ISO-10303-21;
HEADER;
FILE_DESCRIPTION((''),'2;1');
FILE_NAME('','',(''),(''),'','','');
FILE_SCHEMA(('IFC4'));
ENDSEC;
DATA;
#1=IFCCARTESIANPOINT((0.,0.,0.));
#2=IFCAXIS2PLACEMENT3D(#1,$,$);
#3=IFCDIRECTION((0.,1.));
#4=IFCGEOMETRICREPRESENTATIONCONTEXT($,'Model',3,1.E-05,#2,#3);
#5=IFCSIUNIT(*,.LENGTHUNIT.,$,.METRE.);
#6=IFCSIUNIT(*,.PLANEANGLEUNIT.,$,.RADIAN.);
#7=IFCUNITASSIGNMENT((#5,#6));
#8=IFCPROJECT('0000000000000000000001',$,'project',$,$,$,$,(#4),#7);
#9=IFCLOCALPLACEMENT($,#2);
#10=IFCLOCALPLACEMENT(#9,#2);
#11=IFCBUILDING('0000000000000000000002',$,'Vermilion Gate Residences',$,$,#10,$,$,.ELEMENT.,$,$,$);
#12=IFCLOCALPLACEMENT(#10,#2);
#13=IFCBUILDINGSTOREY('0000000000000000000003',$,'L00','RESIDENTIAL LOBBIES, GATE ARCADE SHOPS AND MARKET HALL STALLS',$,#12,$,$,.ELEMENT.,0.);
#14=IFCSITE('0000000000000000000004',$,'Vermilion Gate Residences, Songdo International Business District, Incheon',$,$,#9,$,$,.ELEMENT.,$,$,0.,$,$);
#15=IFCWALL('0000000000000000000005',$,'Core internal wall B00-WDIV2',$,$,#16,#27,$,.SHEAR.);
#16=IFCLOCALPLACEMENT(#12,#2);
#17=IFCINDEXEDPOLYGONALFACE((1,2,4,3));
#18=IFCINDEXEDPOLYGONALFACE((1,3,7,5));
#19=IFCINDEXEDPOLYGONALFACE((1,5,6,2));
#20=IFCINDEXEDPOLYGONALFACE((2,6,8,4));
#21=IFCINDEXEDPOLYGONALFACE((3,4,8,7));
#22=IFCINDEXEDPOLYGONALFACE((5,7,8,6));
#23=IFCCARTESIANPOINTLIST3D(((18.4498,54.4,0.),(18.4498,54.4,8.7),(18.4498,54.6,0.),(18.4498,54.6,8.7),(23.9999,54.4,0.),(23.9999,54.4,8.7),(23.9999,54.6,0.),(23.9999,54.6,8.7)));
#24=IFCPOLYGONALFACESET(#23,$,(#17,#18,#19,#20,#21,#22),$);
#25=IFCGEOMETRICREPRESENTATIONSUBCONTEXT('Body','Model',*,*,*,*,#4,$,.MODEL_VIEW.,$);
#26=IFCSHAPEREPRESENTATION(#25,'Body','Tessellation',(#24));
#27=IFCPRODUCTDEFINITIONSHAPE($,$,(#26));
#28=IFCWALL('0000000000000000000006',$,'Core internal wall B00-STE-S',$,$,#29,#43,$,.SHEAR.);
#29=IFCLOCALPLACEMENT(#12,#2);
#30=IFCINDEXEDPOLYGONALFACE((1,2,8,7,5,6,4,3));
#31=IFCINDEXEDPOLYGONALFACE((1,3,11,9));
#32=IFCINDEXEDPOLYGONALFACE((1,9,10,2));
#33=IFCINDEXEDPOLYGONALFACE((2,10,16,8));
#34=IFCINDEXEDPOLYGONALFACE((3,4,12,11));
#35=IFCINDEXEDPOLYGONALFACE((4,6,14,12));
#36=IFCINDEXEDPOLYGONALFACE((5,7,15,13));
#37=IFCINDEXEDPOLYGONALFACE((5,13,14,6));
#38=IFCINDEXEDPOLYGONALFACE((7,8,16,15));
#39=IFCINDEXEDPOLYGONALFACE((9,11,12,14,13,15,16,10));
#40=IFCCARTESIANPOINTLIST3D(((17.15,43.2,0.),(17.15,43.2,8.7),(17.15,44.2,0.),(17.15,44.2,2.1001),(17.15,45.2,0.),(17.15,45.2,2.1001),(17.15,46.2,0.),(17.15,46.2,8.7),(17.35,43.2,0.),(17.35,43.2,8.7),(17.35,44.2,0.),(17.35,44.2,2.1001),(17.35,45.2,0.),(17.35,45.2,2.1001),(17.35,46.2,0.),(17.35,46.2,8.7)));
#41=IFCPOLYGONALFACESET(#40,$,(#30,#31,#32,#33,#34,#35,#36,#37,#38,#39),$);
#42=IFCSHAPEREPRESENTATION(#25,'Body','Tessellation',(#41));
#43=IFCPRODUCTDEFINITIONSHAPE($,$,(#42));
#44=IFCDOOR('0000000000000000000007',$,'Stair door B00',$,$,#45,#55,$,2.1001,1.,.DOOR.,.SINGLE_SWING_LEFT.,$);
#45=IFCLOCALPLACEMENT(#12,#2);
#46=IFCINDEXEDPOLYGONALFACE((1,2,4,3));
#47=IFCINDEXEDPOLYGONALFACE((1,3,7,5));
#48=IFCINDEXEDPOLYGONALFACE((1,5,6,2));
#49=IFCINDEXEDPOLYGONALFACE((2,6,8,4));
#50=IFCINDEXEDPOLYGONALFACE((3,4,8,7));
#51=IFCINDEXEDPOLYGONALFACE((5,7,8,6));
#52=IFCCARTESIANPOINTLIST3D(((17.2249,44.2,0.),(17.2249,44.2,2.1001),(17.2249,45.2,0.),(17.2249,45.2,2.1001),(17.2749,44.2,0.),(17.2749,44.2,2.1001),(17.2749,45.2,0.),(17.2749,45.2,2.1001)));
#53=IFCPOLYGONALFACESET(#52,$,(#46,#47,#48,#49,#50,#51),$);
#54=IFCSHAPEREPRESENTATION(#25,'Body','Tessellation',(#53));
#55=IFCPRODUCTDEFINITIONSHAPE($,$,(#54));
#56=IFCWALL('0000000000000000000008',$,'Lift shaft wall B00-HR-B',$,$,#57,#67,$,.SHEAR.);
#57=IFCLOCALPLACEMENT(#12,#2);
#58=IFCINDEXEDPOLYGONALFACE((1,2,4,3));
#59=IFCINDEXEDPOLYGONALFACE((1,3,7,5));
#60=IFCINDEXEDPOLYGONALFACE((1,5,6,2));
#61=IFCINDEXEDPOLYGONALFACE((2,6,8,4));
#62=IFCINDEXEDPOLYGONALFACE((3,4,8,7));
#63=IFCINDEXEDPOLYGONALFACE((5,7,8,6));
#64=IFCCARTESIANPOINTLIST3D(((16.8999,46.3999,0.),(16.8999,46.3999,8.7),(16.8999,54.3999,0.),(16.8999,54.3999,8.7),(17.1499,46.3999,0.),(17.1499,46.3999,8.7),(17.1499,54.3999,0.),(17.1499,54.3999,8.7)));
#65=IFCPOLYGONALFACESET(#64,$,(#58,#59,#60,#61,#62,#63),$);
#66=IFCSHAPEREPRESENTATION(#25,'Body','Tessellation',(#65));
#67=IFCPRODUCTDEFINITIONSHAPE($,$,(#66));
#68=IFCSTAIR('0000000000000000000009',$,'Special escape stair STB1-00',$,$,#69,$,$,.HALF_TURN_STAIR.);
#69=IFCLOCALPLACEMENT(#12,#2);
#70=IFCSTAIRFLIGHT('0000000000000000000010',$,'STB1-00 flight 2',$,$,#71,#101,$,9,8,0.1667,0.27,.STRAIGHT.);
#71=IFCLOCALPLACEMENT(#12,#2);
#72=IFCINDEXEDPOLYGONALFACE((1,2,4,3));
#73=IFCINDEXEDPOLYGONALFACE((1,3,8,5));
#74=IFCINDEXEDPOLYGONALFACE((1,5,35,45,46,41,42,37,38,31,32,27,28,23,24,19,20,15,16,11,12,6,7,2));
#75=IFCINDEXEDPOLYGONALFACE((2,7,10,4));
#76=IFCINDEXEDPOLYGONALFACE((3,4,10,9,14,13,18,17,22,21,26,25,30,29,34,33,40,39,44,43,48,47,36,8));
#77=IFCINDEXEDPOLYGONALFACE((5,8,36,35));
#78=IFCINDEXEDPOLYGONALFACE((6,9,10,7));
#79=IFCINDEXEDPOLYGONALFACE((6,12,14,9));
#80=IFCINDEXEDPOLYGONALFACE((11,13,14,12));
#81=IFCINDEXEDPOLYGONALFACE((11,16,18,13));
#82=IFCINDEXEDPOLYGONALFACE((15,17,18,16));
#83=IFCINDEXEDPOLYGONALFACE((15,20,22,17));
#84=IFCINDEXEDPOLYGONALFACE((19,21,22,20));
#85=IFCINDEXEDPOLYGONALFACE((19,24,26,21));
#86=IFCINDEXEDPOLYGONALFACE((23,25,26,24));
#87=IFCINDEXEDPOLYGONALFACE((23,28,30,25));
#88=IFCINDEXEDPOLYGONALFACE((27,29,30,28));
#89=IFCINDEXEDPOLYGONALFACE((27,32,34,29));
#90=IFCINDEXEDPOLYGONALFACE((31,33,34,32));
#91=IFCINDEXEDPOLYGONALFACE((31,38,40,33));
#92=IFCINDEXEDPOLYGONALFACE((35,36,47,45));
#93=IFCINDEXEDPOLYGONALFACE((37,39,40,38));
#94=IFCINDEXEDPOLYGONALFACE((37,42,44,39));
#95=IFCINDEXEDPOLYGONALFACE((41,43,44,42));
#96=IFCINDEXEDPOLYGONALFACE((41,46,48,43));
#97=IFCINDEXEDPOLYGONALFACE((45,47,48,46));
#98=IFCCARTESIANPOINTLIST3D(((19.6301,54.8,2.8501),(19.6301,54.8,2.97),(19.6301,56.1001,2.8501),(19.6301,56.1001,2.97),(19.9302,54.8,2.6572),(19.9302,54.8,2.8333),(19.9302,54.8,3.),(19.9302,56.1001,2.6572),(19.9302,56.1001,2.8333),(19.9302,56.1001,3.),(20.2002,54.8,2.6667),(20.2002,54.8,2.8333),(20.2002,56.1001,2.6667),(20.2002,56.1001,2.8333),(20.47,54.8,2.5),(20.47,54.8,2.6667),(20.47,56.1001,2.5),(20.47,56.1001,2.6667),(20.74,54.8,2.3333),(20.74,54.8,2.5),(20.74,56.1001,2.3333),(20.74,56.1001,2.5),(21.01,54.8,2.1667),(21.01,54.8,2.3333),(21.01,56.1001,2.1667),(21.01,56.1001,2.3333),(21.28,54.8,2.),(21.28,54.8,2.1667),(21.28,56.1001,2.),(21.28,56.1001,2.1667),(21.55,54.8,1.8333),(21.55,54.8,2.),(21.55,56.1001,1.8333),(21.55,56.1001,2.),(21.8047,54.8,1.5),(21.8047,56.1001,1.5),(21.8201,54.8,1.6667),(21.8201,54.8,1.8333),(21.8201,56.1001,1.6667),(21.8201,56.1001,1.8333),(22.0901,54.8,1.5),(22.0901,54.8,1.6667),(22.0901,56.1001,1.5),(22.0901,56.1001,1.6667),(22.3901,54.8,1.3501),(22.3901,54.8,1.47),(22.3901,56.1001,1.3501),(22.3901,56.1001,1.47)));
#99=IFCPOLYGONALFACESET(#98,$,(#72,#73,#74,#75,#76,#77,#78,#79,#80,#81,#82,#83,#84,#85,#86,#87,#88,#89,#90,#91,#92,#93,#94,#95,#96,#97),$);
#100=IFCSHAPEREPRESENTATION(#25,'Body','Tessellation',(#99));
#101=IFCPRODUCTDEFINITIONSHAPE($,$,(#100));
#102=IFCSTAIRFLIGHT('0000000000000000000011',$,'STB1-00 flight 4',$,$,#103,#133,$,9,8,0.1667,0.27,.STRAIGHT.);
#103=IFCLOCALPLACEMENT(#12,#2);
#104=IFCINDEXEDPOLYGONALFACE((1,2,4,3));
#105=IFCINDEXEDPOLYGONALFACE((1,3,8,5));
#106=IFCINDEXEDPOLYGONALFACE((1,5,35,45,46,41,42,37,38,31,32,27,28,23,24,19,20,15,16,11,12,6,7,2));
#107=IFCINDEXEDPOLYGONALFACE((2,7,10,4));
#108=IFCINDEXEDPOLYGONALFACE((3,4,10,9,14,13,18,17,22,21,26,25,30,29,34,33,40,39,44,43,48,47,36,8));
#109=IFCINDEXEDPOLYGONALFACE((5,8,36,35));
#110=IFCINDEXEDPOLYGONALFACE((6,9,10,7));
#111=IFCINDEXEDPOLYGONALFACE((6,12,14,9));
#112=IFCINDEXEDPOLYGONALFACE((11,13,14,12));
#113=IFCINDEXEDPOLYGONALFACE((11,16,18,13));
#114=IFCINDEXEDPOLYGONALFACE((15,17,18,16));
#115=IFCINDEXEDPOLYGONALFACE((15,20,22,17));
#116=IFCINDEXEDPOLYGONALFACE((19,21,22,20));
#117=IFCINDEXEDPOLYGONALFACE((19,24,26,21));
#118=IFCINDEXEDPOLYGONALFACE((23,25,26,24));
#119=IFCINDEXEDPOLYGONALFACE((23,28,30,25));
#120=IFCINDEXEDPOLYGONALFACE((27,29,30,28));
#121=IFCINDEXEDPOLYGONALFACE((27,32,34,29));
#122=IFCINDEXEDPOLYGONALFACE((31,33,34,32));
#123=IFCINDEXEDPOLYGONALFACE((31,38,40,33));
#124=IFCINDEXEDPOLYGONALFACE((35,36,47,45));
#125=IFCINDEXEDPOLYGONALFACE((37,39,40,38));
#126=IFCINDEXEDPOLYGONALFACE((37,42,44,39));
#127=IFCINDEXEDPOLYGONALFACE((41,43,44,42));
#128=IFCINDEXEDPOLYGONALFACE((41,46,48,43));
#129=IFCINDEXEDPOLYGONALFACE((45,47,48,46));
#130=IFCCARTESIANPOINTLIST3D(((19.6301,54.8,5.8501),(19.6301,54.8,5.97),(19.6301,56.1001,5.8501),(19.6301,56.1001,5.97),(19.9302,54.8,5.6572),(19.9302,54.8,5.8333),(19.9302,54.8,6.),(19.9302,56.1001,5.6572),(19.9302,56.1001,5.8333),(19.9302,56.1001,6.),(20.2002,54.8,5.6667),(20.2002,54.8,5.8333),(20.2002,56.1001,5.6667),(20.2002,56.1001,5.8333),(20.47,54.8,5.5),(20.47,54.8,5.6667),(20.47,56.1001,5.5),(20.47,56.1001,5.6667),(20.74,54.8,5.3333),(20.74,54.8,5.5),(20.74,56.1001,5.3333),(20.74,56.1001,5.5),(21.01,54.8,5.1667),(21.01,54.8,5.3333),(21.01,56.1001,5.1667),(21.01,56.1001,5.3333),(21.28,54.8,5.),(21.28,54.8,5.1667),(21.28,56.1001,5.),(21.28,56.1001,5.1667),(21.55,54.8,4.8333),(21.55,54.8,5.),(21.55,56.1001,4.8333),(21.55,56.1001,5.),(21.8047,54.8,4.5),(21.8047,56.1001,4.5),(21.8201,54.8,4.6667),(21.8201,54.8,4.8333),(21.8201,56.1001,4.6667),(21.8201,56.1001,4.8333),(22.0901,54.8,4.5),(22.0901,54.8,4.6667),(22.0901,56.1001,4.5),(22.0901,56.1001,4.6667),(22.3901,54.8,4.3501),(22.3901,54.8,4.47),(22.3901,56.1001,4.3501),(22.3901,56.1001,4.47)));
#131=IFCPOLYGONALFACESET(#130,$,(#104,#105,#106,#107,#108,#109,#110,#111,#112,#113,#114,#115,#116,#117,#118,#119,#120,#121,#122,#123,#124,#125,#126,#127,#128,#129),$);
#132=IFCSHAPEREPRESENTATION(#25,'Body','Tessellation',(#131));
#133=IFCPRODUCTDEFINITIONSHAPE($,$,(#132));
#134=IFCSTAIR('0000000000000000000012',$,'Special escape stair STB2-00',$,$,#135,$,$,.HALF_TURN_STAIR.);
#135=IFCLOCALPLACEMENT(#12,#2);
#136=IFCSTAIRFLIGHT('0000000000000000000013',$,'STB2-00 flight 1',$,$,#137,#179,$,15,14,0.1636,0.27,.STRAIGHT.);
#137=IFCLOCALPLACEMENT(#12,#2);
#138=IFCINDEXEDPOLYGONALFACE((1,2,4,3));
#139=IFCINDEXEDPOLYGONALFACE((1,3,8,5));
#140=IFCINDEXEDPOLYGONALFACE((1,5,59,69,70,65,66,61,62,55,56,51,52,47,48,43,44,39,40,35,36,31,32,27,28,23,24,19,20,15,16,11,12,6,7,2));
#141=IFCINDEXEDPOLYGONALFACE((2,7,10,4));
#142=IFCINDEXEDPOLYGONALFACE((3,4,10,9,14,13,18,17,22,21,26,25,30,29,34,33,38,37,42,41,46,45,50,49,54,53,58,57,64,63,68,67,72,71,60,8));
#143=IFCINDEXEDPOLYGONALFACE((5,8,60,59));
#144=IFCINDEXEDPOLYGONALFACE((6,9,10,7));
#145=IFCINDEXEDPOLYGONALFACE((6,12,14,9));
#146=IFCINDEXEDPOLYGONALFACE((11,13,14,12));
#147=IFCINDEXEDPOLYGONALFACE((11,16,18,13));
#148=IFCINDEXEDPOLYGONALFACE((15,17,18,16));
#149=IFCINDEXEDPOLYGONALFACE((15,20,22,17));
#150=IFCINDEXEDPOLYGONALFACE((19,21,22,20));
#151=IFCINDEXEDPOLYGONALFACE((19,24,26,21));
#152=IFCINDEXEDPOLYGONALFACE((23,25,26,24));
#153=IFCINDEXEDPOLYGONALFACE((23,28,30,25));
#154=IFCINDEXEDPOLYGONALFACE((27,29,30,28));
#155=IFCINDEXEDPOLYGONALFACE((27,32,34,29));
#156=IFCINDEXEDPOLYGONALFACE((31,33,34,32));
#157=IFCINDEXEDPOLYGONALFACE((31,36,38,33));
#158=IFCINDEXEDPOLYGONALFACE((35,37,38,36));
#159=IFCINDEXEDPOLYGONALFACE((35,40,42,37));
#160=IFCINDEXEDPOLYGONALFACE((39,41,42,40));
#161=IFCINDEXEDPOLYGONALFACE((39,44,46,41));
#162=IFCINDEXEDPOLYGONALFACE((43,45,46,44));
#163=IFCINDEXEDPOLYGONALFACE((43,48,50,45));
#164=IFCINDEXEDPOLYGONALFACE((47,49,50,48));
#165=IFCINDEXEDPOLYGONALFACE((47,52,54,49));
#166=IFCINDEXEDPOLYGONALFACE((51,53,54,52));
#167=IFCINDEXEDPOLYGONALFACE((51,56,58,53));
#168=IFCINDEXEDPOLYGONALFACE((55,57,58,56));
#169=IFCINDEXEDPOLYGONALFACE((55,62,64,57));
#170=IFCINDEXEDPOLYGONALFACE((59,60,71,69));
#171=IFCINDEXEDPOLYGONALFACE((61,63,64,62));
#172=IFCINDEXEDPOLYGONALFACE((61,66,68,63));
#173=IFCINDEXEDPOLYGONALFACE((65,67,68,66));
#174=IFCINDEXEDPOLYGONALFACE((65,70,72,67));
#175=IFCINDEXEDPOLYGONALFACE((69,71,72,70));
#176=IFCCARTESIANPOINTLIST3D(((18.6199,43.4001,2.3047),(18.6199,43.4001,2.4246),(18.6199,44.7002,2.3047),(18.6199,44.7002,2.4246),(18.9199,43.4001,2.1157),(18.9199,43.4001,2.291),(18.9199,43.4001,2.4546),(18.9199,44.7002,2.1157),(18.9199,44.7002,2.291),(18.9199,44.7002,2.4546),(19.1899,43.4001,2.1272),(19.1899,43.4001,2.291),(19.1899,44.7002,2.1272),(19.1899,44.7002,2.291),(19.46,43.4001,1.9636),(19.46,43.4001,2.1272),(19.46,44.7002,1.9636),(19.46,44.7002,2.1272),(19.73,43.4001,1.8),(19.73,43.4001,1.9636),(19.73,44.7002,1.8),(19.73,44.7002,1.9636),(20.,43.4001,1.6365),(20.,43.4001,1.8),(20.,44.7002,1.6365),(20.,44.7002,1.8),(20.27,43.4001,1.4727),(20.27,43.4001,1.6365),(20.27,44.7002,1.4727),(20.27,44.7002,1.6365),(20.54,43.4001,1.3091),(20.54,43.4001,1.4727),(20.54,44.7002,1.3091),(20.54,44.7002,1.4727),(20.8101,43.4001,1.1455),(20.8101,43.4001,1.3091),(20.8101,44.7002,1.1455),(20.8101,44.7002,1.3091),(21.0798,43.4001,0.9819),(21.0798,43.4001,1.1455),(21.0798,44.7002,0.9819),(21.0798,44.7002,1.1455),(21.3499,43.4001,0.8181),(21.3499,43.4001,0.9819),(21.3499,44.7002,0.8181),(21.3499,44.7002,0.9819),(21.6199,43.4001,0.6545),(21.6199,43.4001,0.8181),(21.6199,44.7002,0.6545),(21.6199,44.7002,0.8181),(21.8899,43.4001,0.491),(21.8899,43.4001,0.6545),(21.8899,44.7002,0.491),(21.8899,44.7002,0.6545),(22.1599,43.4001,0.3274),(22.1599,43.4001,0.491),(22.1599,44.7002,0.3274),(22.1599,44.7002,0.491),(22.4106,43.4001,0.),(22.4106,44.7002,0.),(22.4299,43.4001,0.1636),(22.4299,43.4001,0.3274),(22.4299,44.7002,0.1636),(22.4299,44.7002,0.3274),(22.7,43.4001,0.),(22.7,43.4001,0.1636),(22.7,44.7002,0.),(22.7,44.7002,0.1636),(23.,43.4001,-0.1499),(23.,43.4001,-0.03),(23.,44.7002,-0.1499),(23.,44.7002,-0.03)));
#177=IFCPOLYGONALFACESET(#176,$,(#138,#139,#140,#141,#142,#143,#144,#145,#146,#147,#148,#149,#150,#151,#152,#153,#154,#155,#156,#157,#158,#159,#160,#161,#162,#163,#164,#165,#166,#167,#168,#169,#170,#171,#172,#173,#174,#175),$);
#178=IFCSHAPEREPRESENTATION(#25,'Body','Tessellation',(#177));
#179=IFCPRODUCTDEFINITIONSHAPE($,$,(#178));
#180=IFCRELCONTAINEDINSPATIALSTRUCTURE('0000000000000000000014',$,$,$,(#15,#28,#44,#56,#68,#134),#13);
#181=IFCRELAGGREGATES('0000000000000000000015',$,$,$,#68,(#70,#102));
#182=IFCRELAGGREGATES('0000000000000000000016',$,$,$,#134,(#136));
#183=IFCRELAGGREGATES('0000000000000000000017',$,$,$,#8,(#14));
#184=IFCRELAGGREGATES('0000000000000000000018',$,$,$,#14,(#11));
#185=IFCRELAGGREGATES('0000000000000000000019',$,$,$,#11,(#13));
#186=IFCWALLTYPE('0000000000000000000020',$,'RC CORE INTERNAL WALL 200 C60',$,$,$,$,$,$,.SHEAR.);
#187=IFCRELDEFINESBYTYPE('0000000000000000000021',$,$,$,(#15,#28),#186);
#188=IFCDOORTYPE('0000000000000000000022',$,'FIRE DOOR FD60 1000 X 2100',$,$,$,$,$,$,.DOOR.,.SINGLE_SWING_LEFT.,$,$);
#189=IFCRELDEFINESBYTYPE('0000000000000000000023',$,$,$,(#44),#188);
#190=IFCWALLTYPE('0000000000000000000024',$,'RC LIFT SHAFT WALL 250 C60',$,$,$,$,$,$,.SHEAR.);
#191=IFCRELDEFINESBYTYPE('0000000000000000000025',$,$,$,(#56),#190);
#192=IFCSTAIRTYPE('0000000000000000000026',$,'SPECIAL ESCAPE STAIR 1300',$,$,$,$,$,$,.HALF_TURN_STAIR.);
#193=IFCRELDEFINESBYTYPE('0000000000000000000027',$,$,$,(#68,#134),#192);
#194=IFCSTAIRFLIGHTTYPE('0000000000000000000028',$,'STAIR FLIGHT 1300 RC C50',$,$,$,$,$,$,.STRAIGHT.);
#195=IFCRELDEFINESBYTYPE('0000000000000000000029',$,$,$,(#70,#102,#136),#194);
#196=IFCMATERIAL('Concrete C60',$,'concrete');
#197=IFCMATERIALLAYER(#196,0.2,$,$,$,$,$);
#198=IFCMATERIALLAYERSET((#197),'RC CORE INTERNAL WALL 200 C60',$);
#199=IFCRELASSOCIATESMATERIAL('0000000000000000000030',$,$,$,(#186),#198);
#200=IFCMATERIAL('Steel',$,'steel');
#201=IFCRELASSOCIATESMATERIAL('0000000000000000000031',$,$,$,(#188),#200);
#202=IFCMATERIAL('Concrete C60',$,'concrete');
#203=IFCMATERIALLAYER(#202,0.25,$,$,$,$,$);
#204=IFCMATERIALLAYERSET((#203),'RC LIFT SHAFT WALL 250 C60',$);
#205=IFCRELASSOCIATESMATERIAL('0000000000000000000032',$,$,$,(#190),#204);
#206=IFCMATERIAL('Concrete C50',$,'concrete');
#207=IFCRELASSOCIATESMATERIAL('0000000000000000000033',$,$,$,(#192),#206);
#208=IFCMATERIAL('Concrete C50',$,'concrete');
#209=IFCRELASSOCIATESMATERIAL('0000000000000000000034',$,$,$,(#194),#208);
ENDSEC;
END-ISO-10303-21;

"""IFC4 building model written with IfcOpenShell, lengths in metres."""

from ifc_helpers import new_model, si_unit, direction, frame, frame_2d, origin, place, context, subcontext, project, spatial, polyline, rectangle, outline, extrude, material, layer, layer_set, type_object, element, fill, aggregate, save


model = new_model("IFC4")

# Units and contexts
model_context = context("Model", 3, precision=1e-05, world=origin(), true_north=direction((0.0, 1.0)))
body_context = subcontext(model_context, "Body", "Model", "MODEL_VIEW")
ifc_project = project(units=[si_unit("LENGTHUNIT", "METRE"), si_unit("PLANEANGLEUNIT", "RADIAN")], contexts=[model_context])

# Site, building, storey
site_placement = place(None, origin())
site = spatial("IfcSite", under=ifc_project, at=site_placement, Name="Vermilion Gate Residences, Songdo International Business District, Incheon", CompositionType="ELEMENT", RefElevation=0.0)
building_placement = place(site_placement, origin())
building = spatial("IfcBuilding", under=site, at=building_placement, Name="Vermilion Gate Residences", CompositionType="ELEMENT")
storey_placement = place(building_placement, origin())
storey = spatial("IfcBuildingStorey", under=building, at=storey_placement, Name="L00", Description="RESIDENTIAL LOBBIES, GATE ARCADE SHOPS AND MARKET HALL STALLS", CompositionType="ELEMENT", Elevation=0.0)

# Shared definitions
ifc_material_1 = material(Name="Concrete C60", Category="concrete")
ifc_layer_1 = layer(ifc_material_1, 0.2)
ifc_layer_set_1 = layer_set([ifc_layer_1], Name="RC CORE INTERNAL WALL 200 C60")
wall_type_1 = type_object("IfcWallType", Name="RC CORE INTERNAL WALL 200 C60", PredefinedType="SHEAR", material=ifc_layer_set_1)

# Wall
wall_1_placement = place(storey_placement, frame((18.45, 54.5, 0.0), z_axis=(0.0, 0.0, 1.0), x_axis=(1.0, 0.0, 0.0)))
element("IfcWall", 1, at=wall_1_placement, inside=storey, type_object=wall_type_1, Name="Core internal wall B00-WDIV2", PredefinedType="SHEAR", context=body_context, shape_type="SweptSolid", body=[
    extrude(rectangle(XDim=5.55, YDim=0.2, at=frame_2d((2.7749, 0.0))), origin(), (0.0, 0.0, 1.0), 8.7),
])

# Wall, opening, door
wall_2_placement = place(storey_placement, frame((17.25, 46.2, 0.0), z_axis=(0.0, 0.0, 1.0), x_axis=(0.0, -1.0, 0.0)))
wall_2 = element("IfcWall", 2, at=wall_2_placement, inside=storey, type_object=wall_type_1, Name="Core internal wall B00-STE-S", PredefinedType="SHEAR", context=body_context, shape_type="SweptSolid", body=[
    extrude(rectangle(XDim=3.0, YDim=0.2, at=frame_2d((1.5, 0.0))), origin(), (0.0, 0.0, 1.0), 8.7),
])
opening_1_placement = place(wall_2_placement, frame((1.0, 0.0, 0.0)))
opening_1 = element("IfcOpeningElement", 3, at=opening_1_placement, cuts=wall_2, PredefinedType="OPENING", context=body_context, shape_type="SweptSolid", body=[
    extrude(rectangle(XDim=1.0, YDim=2.1001, at=frame_2d((0.5, 1.05))), frame((0.0, 0.1099, 0.0), z_axis=(0.0, -1.0, 0.0), x_axis=(1.0, 0.0, 0.0)), (0.0, 0.0, 1.0), 0.22),
])
ifc_material_2 = material(Name="Steel", Category="steel")
door_type_1 = type_object("IfcDoorType", Name="FIRE DOOR FD60 1000 X 2100", OperationType="SINGLE_SWING_LEFT", PredefinedType="DOOR", material=ifc_material_2)
door_1_placement = place(opening_1_placement, origin())
door_1 = element("IfcDoor", 4, at=door_1_placement, inside=storey, type_object=door_type_1, Name="Stair door B00", OperationType="SINGLE_SWING_LEFT", OverallHeight=2.1001, OverallWidth=1.0, PredefinedType="DOOR", context=body_context, shape_type="SweptSolid", body=[
    extrude(rectangle(XDim=1.0, YDim=2.1001, at=frame_2d((0.5, 1.05))), frame((0.0, 0.0249, 0.0), z_axis=(0.0, -1.0, 0.0), x_axis=(1.0, 0.0, 0.0)), (0.0, 0.0, 1.0), 0.05),
])
fill(opening_1, door_1)

# Wall
ifc_material_3 = material(Name="Concrete C60", Category="concrete")
ifc_layer_2 = layer(ifc_material_3, 0.25)
ifc_layer_set_2 = layer_set([ifc_layer_2], Name="RC LIFT SHAFT WALL 250 C60")
wall_type_2 = type_object("IfcWallType", Name="RC LIFT SHAFT WALL 250 C60", PredefinedType="SHEAR", material=ifc_layer_set_2)
wall_3_placement = place(storey_placement, frame((17.0249, 54.3999, 0.0), z_axis=(0.0, 0.0, 1.0), x_axis=(0.0, -1.0, 0.0)))
element("IfcWall", 5, at=wall_3_placement, inside=storey, type_object=wall_type_2, Name="Lift shaft wall B00-HR-B", PredefinedType="SHEAR", context=body_context, shape_type="SweptSolid", body=[
    extrude(rectangle(XDim=8.0, YDim=0.25, at=frame_2d((4.0, 0.0))), origin(), (0.0, 0.0, 1.0), 8.7),
])

# Stairs, stair flights
ifc_material_4 = material(Name="Concrete C50", Category="concrete")
stair_type = type_object("IfcStairType", Name="SPECIAL ESCAPE STAIR 1300", PredefinedType="HALF_TURN_STAIR", material=ifc_material_4)
stair_1_placement = place(storey_placement, origin())
stair_1 = element("IfcStair", 6, at=stair_1_placement, inside=storey, type_object=stair_type, Name="Special escape stair STB1-00", PredefinedType="HALF_TURN_STAIR")
ifc_material_5 = material(Name="Concrete C50", Category="concrete")
stair_flight_type = type_object("IfcStairFlightType", Name="STAIR FLIGHT 1300 RC C50", PredefinedType="STRAIGHT", material=ifc_material_5)
stair_flight_1_placement = place(storey_placement, frame((22.0901, 55.45, 1.5), z_axis=(0.0, 0.0, 1.0), x_axis=(-1.0, 0.0, 0.0)))
stair_flight_1 = element("IfcStairFlight", 7, at=stair_flight_1_placement, type_object=stair_flight_type, Name="STB1-00 flight 2", NumberOfRisers=9, NumberOfTreads=8, PredefinedType="STRAIGHT", RiserHeight=0.1667, TreadLength=0.27, context=body_context, shape_type="SweptSolid", body=[
    extrude(outline(polyline([(-0.3, -0.1499), (-0.3, -0.03), (0.0, 0.0), (0.0, 0.1667), (0.27, 0.1667), (0.27, 0.3333), (0.54, 0.3333), (0.54, 0.5), (0.8101, 0.5), (0.8101, 0.6667), (1.0801, 0.6667), (1.0801, 0.8333), (1.3501, 0.8333), (1.3501, 1.0), (1.6201, 1.0), (1.6201, 1.1667), (1.8899, 1.1667), (1.8899, 1.3333), (2.1599, 1.3333), (2.1599, 1.5), (2.46, 1.47), (2.46, 1.3501), (2.1599, 1.1572), (0.2854, 0.0), (-0.3, -0.1499)])), frame((0.0, 0.6499, 0.0), z_axis=(0.0, -1.0, 0.0), x_axis=(1.0, 0.0, 0.0)), (0.0, 0.0, 1.0), 1.3),
])
stair_flight_2_placement = place(storey_placement, frame((22.0901, 55.45, 4.5), z_axis=(0.0, 0.0, 1.0), x_axis=(-1.0, 0.0, 0.0)))
stair_flight_2 = element("IfcStairFlight", 8, at=stair_flight_2_placement, type_object=stair_flight_type, Name="STB1-00 flight 4", NumberOfRisers=9, NumberOfTreads=8, PredefinedType="STRAIGHT", RiserHeight=0.1667, TreadLength=0.27, context=body_context, shape_type="SweptSolid", body=[
    extrude(outline(polyline([(-0.3, -0.1499), (-0.3, -0.03), (0.0, 0.0), (0.0, 0.1667), (0.27, 0.1667), (0.27, 0.3333), (0.54, 0.3333), (0.54, 0.5), (0.8101, 0.5), (0.8101, 0.6667), (1.0801, 0.6667), (1.0801, 0.8333), (1.3501, 0.8333), (1.3501, 1.0), (1.6201, 1.0), (1.6201, 1.1667), (1.8899, 1.1667), (1.8899, 1.3333), (2.1599, 1.3333), (2.1599, 1.5), (2.46, 1.47), (2.46, 1.3501), (2.1599, 1.1572), (0.2854, 0.0), (-0.3, -0.1499)])), frame((0.0, 0.6499, 0.0), z_axis=(0.0, -1.0, 0.0), x_axis=(1.0, 0.0, 0.0)), (0.0, 0.0, 1.0), 1.3),
])
aggregate(stair_1, [stair_flight_1, stair_flight_2])
stair_2_placement = place(storey_placement, origin())
stair_2 = element("IfcStair", 9, at=stair_2_placement, inside=storey, type_object=stair_type, Name="Special escape stair STB2-00", PredefinedType="HALF_TURN_STAIR")
stair_flight_3_placement = place(storey_placement, frame((22.7, 44.05, 0.0), z_axis=(0.0, 0.0, 1.0), x_axis=(-1.0, 0.0, 0.0)))
stair_flight_3 = element("IfcStairFlight", 10, at=stair_flight_3_placement, type_object=stair_flight_type, Name="STB2-00 flight 1", NumberOfRisers=15, NumberOfTreads=14, PredefinedType="STRAIGHT", RiserHeight=0.1636, TreadLength=0.27, context=body_context, shape_type="SweptSolid", body=[
    extrude(outline(polyline([(-0.3, -0.1499), (-0.3, -0.03), (0.0, 0.0), (0.0, 0.1636), (0.27, 0.1636), (0.27, 0.3274), (0.54, 0.3274), (0.54, 0.491), (0.8101, 0.491), (0.8101, 0.6545), (1.0801, 0.6545), (1.0801, 0.8181), (1.3501, 0.8181), (1.3501, 0.9819), (1.6201, 0.9819), (1.6201, 1.1455), (1.8899, 1.1455), (1.8899, 1.3091), (2.1599, 1.3091), (2.1599, 1.4727), (2.4299, 1.4727), (2.4299, 1.6365), (2.7, 1.6365), (2.7, 1.8), (2.97, 1.8), (2.97, 1.9636), (3.24, 1.9636), (3.24, 2.1272), (3.51, 2.1272), (3.51, 2.291), (3.78, 2.291), (3.78, 2.4546), (4.0801, 2.4246), (4.0801, 2.3047), (3.78, 2.1157), (0.2893, 0.0), (-0.3, -0.1499)])), frame((0.0, 0.6499, 0.0), z_axis=(0.0, -1.0, 0.0), x_axis=(1.0, 0.0, 0.0)), (0.0, 0.0, 1.0), 1.3),
])
aggregate(stair_2, [stair_flight_3])

save(model, "model.ifc")
